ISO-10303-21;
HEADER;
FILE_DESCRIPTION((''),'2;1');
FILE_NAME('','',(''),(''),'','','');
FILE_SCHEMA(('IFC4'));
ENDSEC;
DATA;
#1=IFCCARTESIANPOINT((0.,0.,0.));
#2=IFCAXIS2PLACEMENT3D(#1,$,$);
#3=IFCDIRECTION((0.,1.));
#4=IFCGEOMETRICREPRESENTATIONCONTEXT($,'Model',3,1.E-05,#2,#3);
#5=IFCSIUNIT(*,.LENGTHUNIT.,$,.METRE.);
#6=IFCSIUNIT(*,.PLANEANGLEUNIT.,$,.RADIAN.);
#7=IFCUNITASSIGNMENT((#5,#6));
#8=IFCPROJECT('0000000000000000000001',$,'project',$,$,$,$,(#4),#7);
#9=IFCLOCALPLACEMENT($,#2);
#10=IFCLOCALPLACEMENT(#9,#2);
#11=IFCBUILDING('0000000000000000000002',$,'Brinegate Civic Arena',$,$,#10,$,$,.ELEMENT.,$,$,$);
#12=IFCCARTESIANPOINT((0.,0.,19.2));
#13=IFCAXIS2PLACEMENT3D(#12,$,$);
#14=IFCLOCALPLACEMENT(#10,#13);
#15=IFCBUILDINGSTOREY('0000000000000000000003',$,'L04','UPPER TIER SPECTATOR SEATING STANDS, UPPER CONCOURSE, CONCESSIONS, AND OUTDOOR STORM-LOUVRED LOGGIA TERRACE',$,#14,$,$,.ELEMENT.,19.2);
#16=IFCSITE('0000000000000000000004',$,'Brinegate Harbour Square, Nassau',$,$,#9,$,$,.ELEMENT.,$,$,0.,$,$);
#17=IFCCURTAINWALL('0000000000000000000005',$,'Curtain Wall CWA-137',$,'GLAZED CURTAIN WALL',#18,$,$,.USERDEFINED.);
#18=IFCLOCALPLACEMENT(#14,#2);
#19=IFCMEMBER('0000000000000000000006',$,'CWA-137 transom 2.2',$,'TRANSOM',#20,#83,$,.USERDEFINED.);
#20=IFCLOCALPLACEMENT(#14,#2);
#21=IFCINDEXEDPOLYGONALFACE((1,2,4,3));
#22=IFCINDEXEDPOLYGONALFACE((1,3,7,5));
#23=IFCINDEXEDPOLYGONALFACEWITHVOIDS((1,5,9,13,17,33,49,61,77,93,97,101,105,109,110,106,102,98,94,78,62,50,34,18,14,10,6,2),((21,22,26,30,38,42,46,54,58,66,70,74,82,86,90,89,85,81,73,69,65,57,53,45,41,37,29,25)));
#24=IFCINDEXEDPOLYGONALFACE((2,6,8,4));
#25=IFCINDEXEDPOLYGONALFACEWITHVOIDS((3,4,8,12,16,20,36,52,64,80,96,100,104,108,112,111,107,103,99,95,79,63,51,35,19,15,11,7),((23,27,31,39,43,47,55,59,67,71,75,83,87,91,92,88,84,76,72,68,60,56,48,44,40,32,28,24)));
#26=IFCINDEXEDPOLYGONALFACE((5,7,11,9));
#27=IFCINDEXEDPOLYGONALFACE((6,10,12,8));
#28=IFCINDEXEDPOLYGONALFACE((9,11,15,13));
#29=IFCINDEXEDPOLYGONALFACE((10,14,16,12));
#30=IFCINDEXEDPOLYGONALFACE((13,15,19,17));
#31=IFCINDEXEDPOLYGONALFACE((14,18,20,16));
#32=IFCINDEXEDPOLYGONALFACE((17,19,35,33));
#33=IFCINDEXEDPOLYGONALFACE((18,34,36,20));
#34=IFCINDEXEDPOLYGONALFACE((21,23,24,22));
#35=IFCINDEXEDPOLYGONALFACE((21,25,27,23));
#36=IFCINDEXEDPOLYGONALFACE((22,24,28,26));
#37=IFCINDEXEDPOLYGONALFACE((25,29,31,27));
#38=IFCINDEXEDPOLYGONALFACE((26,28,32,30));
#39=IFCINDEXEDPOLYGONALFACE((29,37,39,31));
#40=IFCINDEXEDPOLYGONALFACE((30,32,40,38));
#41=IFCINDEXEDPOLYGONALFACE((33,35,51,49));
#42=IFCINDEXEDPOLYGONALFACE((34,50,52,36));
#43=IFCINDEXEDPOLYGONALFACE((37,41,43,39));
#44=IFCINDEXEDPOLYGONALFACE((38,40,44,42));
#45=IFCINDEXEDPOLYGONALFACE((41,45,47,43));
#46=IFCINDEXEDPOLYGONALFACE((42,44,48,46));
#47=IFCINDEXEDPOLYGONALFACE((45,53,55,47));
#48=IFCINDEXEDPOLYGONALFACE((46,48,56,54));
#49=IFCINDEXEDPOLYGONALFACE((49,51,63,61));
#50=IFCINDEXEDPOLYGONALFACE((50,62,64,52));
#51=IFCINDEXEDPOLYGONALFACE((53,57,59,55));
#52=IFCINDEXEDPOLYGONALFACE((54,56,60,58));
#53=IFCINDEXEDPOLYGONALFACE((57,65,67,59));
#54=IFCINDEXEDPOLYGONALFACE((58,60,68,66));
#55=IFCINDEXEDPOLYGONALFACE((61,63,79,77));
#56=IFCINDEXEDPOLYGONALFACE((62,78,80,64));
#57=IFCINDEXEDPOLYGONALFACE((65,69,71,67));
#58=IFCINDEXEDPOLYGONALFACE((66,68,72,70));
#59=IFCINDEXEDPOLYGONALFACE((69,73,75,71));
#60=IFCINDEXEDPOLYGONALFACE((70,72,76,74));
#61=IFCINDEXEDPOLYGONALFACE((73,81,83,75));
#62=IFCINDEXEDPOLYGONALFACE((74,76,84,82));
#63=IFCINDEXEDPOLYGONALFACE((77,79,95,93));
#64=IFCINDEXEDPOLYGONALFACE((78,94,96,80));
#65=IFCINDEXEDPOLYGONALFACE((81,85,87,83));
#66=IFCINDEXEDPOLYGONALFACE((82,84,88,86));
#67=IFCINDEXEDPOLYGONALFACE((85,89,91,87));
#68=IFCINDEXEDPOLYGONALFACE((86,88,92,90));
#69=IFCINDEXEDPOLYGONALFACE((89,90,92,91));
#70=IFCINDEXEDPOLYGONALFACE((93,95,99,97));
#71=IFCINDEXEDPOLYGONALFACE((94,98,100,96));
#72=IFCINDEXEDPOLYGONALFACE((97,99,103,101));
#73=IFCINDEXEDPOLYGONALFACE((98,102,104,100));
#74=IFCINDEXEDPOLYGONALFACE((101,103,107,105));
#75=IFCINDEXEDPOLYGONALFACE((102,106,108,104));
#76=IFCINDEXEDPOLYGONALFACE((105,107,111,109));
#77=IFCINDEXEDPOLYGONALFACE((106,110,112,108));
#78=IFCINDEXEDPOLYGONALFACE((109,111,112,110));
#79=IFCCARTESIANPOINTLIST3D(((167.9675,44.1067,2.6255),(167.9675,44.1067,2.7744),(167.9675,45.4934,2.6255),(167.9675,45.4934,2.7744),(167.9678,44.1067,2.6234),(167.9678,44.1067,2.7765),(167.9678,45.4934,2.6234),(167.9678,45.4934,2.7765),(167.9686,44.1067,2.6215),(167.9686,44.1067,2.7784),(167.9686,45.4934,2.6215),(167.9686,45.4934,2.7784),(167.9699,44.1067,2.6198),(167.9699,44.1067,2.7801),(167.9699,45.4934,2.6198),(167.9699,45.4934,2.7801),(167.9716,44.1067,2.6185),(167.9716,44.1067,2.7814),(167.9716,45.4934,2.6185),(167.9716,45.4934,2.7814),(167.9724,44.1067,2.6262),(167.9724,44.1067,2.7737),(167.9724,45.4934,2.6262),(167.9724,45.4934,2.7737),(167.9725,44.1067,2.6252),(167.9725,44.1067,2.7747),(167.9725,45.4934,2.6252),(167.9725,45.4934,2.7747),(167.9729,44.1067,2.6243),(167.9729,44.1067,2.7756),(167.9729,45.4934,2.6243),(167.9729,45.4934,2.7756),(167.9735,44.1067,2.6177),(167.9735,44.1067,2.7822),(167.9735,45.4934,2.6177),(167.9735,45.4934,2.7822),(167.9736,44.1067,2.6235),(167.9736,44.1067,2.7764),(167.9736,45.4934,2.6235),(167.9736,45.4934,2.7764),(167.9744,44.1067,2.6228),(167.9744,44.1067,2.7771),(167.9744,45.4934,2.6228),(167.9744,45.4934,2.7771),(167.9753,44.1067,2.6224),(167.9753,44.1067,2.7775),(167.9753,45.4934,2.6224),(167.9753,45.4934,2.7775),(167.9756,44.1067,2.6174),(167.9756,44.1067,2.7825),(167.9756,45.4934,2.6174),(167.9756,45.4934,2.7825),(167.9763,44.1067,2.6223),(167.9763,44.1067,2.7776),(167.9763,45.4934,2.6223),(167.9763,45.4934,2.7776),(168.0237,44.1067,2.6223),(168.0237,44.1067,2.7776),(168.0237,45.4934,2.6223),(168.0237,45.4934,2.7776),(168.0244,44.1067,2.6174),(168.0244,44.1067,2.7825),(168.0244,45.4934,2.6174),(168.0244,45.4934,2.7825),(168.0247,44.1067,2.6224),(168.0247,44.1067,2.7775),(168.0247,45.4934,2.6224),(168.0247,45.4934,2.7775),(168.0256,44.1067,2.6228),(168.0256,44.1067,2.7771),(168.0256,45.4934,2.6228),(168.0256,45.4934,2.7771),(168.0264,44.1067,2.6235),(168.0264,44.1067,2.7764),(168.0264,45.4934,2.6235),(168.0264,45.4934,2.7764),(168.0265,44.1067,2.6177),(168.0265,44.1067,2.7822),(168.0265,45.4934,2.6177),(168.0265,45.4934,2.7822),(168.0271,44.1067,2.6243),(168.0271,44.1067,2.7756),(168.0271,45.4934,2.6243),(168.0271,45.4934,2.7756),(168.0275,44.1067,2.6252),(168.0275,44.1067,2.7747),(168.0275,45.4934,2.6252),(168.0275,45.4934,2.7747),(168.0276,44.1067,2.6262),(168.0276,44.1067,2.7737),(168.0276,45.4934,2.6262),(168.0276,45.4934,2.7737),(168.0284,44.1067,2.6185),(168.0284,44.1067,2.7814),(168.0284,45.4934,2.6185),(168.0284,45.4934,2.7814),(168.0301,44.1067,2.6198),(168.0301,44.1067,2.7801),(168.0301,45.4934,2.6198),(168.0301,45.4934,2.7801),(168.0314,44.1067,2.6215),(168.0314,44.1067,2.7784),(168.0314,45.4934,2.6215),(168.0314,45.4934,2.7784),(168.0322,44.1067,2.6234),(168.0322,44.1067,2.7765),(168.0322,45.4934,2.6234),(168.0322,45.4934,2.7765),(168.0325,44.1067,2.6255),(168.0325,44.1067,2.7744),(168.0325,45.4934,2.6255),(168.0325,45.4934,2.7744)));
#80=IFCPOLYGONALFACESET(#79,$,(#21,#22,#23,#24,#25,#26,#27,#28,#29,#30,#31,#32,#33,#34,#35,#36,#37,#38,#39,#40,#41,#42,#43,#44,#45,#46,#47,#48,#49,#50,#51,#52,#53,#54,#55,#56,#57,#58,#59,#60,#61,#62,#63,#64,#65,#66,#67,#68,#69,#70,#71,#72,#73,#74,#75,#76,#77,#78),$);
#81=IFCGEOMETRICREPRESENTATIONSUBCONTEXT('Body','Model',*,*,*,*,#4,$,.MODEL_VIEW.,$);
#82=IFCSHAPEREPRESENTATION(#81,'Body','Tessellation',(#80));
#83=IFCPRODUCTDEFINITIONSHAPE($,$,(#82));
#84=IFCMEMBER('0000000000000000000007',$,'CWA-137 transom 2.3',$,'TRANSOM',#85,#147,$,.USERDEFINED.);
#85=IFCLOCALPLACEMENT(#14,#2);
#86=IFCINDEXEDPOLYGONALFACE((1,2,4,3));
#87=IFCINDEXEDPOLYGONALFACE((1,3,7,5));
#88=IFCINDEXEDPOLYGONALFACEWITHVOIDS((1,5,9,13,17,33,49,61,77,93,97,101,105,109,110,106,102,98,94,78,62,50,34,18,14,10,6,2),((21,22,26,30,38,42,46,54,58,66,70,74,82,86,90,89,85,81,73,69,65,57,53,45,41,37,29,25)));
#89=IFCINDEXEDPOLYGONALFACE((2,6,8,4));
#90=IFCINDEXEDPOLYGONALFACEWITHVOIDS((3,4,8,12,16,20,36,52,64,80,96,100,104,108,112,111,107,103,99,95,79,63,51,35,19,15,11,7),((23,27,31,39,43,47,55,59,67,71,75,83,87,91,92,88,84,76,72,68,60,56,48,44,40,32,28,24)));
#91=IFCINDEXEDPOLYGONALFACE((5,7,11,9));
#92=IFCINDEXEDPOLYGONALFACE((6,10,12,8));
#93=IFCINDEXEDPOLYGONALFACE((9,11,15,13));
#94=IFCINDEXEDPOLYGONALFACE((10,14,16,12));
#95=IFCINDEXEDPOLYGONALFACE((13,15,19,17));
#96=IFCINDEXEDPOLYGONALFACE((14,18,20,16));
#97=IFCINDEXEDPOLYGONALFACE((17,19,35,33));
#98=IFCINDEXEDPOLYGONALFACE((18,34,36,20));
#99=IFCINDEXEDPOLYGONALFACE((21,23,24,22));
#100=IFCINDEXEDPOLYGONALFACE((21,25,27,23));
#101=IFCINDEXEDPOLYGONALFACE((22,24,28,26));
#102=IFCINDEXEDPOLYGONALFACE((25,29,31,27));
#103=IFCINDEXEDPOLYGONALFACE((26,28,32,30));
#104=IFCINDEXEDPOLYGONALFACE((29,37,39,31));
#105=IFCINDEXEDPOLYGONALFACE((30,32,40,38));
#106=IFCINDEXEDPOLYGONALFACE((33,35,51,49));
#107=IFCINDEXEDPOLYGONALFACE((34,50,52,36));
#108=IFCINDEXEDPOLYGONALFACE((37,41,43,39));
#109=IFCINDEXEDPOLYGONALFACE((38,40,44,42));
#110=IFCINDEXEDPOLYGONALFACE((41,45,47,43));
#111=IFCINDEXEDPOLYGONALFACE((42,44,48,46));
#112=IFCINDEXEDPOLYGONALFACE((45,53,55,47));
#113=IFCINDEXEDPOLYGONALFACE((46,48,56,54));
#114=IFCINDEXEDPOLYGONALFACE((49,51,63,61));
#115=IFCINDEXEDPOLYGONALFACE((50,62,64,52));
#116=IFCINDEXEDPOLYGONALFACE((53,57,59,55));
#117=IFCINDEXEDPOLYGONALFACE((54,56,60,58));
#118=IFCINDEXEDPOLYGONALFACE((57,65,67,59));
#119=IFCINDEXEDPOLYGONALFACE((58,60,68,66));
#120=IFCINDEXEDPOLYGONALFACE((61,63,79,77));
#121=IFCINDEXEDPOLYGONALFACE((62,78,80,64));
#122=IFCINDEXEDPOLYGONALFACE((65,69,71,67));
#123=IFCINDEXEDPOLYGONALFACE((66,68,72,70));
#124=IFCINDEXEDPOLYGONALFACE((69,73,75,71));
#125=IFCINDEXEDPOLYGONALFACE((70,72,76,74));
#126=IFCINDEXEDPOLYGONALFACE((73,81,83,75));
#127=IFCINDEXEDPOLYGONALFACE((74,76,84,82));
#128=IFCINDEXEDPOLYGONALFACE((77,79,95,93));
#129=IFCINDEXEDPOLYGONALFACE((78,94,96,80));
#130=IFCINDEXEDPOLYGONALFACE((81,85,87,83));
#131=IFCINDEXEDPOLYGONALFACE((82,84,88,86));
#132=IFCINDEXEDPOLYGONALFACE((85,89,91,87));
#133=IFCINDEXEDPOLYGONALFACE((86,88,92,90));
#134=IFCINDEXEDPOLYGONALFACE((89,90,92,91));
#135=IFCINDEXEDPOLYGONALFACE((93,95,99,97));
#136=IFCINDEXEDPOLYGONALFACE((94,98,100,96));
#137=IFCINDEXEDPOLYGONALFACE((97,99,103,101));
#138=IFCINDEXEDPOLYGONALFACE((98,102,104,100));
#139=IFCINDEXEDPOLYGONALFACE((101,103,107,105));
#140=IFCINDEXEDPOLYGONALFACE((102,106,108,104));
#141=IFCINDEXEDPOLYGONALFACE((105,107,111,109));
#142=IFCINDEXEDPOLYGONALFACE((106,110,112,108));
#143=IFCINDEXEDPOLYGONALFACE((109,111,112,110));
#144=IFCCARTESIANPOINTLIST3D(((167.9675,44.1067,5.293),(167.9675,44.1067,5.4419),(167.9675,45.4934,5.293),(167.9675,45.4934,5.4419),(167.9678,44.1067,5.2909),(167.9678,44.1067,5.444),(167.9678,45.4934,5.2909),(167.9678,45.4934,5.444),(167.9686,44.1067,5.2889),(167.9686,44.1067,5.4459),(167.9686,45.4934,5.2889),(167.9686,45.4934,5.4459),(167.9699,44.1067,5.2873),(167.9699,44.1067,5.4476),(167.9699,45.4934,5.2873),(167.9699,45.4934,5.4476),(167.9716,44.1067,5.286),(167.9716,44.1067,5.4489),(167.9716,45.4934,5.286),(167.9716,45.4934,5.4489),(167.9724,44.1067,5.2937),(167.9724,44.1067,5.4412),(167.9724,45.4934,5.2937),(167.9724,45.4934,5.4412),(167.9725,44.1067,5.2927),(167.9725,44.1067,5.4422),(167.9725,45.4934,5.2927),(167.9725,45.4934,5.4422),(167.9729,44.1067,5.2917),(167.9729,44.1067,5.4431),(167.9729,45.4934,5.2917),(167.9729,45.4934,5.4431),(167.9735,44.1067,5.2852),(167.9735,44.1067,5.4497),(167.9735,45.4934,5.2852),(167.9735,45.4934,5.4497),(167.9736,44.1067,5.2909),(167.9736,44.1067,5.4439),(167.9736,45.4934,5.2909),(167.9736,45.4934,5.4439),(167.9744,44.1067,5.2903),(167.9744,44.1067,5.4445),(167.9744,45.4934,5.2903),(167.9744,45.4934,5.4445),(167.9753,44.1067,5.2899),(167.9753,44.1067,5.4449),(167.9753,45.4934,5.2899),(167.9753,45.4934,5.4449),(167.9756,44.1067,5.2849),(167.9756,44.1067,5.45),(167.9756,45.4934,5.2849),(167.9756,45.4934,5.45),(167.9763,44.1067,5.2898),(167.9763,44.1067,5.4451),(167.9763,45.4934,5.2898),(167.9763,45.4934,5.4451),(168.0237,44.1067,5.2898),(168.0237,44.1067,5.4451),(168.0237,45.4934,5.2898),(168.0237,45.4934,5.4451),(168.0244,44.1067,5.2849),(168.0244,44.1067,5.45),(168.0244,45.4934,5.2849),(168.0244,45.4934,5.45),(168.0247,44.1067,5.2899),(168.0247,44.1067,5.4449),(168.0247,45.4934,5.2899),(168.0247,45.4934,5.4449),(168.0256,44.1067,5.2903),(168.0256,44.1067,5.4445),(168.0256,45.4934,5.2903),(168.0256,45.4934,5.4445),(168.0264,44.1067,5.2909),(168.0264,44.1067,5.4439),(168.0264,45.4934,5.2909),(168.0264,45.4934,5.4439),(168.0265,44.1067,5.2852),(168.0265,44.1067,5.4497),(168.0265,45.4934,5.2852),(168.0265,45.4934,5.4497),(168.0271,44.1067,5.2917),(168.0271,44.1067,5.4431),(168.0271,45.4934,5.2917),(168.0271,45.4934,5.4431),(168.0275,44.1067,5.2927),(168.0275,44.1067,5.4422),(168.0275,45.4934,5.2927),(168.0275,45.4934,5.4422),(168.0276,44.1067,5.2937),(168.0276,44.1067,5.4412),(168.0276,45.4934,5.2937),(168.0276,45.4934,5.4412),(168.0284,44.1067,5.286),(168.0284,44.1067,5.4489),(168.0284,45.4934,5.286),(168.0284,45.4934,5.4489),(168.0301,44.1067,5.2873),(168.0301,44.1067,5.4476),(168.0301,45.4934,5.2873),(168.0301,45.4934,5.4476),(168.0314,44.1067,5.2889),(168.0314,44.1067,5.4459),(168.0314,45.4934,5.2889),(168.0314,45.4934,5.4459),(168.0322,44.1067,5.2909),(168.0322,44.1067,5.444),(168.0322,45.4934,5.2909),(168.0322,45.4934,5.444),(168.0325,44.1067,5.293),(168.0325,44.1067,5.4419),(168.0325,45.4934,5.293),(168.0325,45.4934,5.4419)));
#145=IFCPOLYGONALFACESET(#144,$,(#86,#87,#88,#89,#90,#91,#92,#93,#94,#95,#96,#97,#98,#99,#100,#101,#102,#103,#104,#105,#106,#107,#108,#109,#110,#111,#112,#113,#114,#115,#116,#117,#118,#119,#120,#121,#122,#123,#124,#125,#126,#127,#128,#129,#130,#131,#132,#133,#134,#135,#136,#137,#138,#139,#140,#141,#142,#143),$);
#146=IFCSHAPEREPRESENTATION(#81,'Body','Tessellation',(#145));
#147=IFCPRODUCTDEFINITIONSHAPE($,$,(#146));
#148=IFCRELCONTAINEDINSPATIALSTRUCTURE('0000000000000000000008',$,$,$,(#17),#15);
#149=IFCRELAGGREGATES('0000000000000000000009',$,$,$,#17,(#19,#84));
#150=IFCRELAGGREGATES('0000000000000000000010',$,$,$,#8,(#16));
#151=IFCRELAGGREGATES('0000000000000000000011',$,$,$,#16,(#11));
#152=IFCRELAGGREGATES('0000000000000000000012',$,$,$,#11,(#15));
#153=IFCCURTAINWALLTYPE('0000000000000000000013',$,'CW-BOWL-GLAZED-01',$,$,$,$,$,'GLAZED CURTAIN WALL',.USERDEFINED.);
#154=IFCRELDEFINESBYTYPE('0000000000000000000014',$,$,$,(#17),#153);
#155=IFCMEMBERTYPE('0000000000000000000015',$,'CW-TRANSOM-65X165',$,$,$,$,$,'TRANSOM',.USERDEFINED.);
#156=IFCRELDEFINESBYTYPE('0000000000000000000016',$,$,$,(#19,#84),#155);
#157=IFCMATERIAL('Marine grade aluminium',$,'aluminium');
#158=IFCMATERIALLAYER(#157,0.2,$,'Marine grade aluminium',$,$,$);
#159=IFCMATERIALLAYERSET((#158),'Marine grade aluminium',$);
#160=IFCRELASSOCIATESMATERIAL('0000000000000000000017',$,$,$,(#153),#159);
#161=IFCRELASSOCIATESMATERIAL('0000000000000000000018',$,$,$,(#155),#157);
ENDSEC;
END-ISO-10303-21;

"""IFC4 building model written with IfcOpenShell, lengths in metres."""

from ifc_helpers import new_model, si_unit, direction, frame, origin, origin_2d, place, context, subcontext, project, spatial, hollow_rectangle, extrude, material, layer, layer_set, material_profile, profile_set, type_object, element, aggregate, save


model = new_model("IFC4")

# Units and contexts
model_context = context("Model", 3, precision=1e-05, world=origin(), true_north=direction((0.0, 1.0)))
body_context = subcontext(model_context, "Body", "Model", "MODEL_VIEW")
ifc_project = project(units=[si_unit("LENGTHUNIT", "METRE"), si_unit("PLANEANGLEUNIT", "RADIAN")], contexts=[model_context])

# Site, building, storey
site_placement = place(None, origin())
site = spatial("IfcSite", under=ifc_project, at=site_placement, Name="Brinegate Harbour Square, Nassau", CompositionType="ELEMENT", RefElevation=0.0)
building_placement = place(site_placement, origin())
building = spatial("IfcBuilding", under=site, at=building_placement, Name="Brinegate Civic Arena", CompositionType="ELEMENT")
storey_placement = place(building_placement, frame((0.0, 0.0, 19.2)))
storey = spatial("IfcBuildingStorey", under=building, at=storey_placement, Name="L04", Description="UPPER TIER SPECTATOR SEATING STANDS, UPPER CONCOURSE, CONCESSIONS, AND OUTDOOR STORM-LOUVRED LOGGIA TERRACE", CompositionType="ELEMENT", Elevation=19.2)

# Curtain wall, members
ifc_material_1 = material(Name="Marine grade aluminium", Category="aluminium")
ifc_layer_1 = layer(ifc_material_1, 0.2, Name="Marine grade aluminium")
ifc_layer_set_1 = layer_set([ifc_layer_1], Name="Marine grade aluminium")
curtain_wall_type = type_object("IfcCurtainWallType", Name="CW-BOWL-GLAZED-01", ElementType="GLAZED CURTAIN WALL", PredefinedType="USERDEFINED", material=ifc_layer_set_1)
curtain_wall_placement = place(storey_placement, origin())
curtain_wall = element("IfcCurtainWall", 1, at=curtain_wall_placement, inside=storey, type_object=curtain_wall_type, Name="Curtain Wall CWA-137", ObjectType="GLAZED CURTAIN WALL", PredefinedType="USERDEFINED")
ifc_material_profile_1 = material_profile(ifc_material_1, hollow_rectangle(XDim=0.0649, YDim=0.165, WallThickness=0.0049, InnerFilletRadius=0.0039, OuterFilletRadius=0.0081, at=origin_2d()), Name="TRN65X165")
ifc_profile_set_1 = profile_set([ifc_material_profile_1], Name="Marine grade aluminium")
member_type_1 = type_object("IfcMemberType", Name="CW-TRANSOM-65X165", ElementType="TRANSOM", PredefinedType="USERDEFINED", material=ifc_profile_set_1)
member_1_placement = place(storey_placement, frame((168.0, 44.1067, 2.7), z_axis=(0.0, 1.0, 0.0), x_axis=(-1.0, 0.0, 0.0)))
member_1 = element("IfcMember", 2, at=member_1_placement, type_object=member_type_1, Name="CWA-137 transom 2.2", ObjectType="TRANSOM", PredefinedType="USERDEFINED", context=body_context, shape_type="SweptSolid", body=[
    extrude(hollow_rectangle(XDim=0.0649, YDim=0.165, WallThickness=0.0049, InnerFilletRadius=0.0039, OuterFilletRadius=0.0081, at=origin_2d()), origin(), (0.0, 0.0, 1.0), 1.3867),
])
member_2_placement = place(storey_placement, frame((168.0, 44.1067, 5.3674), z_axis=(0.0, 1.0, 0.0), x_axis=(-1.0, 0.0, 0.0)))
member_2 = element("IfcMember", 3, at=member_2_placement, type_object=member_type_1, Name="CWA-137 transom 2.3", ObjectType="TRANSOM", PredefinedType="USERDEFINED", context=body_context, shape_type="SweptSolid", body=[
    extrude(hollow_rectangle(XDim=0.0649, YDim=0.165, WallThickness=0.0049, InnerFilletRadius=0.0039, OuterFilletRadius=0.0081, at=origin_2d()), origin(), (0.0, 0.0, 1.0), 1.3867),
])
aggregate(curtain_wall, [member_1, member_2])

save(model, "model.ifc")
